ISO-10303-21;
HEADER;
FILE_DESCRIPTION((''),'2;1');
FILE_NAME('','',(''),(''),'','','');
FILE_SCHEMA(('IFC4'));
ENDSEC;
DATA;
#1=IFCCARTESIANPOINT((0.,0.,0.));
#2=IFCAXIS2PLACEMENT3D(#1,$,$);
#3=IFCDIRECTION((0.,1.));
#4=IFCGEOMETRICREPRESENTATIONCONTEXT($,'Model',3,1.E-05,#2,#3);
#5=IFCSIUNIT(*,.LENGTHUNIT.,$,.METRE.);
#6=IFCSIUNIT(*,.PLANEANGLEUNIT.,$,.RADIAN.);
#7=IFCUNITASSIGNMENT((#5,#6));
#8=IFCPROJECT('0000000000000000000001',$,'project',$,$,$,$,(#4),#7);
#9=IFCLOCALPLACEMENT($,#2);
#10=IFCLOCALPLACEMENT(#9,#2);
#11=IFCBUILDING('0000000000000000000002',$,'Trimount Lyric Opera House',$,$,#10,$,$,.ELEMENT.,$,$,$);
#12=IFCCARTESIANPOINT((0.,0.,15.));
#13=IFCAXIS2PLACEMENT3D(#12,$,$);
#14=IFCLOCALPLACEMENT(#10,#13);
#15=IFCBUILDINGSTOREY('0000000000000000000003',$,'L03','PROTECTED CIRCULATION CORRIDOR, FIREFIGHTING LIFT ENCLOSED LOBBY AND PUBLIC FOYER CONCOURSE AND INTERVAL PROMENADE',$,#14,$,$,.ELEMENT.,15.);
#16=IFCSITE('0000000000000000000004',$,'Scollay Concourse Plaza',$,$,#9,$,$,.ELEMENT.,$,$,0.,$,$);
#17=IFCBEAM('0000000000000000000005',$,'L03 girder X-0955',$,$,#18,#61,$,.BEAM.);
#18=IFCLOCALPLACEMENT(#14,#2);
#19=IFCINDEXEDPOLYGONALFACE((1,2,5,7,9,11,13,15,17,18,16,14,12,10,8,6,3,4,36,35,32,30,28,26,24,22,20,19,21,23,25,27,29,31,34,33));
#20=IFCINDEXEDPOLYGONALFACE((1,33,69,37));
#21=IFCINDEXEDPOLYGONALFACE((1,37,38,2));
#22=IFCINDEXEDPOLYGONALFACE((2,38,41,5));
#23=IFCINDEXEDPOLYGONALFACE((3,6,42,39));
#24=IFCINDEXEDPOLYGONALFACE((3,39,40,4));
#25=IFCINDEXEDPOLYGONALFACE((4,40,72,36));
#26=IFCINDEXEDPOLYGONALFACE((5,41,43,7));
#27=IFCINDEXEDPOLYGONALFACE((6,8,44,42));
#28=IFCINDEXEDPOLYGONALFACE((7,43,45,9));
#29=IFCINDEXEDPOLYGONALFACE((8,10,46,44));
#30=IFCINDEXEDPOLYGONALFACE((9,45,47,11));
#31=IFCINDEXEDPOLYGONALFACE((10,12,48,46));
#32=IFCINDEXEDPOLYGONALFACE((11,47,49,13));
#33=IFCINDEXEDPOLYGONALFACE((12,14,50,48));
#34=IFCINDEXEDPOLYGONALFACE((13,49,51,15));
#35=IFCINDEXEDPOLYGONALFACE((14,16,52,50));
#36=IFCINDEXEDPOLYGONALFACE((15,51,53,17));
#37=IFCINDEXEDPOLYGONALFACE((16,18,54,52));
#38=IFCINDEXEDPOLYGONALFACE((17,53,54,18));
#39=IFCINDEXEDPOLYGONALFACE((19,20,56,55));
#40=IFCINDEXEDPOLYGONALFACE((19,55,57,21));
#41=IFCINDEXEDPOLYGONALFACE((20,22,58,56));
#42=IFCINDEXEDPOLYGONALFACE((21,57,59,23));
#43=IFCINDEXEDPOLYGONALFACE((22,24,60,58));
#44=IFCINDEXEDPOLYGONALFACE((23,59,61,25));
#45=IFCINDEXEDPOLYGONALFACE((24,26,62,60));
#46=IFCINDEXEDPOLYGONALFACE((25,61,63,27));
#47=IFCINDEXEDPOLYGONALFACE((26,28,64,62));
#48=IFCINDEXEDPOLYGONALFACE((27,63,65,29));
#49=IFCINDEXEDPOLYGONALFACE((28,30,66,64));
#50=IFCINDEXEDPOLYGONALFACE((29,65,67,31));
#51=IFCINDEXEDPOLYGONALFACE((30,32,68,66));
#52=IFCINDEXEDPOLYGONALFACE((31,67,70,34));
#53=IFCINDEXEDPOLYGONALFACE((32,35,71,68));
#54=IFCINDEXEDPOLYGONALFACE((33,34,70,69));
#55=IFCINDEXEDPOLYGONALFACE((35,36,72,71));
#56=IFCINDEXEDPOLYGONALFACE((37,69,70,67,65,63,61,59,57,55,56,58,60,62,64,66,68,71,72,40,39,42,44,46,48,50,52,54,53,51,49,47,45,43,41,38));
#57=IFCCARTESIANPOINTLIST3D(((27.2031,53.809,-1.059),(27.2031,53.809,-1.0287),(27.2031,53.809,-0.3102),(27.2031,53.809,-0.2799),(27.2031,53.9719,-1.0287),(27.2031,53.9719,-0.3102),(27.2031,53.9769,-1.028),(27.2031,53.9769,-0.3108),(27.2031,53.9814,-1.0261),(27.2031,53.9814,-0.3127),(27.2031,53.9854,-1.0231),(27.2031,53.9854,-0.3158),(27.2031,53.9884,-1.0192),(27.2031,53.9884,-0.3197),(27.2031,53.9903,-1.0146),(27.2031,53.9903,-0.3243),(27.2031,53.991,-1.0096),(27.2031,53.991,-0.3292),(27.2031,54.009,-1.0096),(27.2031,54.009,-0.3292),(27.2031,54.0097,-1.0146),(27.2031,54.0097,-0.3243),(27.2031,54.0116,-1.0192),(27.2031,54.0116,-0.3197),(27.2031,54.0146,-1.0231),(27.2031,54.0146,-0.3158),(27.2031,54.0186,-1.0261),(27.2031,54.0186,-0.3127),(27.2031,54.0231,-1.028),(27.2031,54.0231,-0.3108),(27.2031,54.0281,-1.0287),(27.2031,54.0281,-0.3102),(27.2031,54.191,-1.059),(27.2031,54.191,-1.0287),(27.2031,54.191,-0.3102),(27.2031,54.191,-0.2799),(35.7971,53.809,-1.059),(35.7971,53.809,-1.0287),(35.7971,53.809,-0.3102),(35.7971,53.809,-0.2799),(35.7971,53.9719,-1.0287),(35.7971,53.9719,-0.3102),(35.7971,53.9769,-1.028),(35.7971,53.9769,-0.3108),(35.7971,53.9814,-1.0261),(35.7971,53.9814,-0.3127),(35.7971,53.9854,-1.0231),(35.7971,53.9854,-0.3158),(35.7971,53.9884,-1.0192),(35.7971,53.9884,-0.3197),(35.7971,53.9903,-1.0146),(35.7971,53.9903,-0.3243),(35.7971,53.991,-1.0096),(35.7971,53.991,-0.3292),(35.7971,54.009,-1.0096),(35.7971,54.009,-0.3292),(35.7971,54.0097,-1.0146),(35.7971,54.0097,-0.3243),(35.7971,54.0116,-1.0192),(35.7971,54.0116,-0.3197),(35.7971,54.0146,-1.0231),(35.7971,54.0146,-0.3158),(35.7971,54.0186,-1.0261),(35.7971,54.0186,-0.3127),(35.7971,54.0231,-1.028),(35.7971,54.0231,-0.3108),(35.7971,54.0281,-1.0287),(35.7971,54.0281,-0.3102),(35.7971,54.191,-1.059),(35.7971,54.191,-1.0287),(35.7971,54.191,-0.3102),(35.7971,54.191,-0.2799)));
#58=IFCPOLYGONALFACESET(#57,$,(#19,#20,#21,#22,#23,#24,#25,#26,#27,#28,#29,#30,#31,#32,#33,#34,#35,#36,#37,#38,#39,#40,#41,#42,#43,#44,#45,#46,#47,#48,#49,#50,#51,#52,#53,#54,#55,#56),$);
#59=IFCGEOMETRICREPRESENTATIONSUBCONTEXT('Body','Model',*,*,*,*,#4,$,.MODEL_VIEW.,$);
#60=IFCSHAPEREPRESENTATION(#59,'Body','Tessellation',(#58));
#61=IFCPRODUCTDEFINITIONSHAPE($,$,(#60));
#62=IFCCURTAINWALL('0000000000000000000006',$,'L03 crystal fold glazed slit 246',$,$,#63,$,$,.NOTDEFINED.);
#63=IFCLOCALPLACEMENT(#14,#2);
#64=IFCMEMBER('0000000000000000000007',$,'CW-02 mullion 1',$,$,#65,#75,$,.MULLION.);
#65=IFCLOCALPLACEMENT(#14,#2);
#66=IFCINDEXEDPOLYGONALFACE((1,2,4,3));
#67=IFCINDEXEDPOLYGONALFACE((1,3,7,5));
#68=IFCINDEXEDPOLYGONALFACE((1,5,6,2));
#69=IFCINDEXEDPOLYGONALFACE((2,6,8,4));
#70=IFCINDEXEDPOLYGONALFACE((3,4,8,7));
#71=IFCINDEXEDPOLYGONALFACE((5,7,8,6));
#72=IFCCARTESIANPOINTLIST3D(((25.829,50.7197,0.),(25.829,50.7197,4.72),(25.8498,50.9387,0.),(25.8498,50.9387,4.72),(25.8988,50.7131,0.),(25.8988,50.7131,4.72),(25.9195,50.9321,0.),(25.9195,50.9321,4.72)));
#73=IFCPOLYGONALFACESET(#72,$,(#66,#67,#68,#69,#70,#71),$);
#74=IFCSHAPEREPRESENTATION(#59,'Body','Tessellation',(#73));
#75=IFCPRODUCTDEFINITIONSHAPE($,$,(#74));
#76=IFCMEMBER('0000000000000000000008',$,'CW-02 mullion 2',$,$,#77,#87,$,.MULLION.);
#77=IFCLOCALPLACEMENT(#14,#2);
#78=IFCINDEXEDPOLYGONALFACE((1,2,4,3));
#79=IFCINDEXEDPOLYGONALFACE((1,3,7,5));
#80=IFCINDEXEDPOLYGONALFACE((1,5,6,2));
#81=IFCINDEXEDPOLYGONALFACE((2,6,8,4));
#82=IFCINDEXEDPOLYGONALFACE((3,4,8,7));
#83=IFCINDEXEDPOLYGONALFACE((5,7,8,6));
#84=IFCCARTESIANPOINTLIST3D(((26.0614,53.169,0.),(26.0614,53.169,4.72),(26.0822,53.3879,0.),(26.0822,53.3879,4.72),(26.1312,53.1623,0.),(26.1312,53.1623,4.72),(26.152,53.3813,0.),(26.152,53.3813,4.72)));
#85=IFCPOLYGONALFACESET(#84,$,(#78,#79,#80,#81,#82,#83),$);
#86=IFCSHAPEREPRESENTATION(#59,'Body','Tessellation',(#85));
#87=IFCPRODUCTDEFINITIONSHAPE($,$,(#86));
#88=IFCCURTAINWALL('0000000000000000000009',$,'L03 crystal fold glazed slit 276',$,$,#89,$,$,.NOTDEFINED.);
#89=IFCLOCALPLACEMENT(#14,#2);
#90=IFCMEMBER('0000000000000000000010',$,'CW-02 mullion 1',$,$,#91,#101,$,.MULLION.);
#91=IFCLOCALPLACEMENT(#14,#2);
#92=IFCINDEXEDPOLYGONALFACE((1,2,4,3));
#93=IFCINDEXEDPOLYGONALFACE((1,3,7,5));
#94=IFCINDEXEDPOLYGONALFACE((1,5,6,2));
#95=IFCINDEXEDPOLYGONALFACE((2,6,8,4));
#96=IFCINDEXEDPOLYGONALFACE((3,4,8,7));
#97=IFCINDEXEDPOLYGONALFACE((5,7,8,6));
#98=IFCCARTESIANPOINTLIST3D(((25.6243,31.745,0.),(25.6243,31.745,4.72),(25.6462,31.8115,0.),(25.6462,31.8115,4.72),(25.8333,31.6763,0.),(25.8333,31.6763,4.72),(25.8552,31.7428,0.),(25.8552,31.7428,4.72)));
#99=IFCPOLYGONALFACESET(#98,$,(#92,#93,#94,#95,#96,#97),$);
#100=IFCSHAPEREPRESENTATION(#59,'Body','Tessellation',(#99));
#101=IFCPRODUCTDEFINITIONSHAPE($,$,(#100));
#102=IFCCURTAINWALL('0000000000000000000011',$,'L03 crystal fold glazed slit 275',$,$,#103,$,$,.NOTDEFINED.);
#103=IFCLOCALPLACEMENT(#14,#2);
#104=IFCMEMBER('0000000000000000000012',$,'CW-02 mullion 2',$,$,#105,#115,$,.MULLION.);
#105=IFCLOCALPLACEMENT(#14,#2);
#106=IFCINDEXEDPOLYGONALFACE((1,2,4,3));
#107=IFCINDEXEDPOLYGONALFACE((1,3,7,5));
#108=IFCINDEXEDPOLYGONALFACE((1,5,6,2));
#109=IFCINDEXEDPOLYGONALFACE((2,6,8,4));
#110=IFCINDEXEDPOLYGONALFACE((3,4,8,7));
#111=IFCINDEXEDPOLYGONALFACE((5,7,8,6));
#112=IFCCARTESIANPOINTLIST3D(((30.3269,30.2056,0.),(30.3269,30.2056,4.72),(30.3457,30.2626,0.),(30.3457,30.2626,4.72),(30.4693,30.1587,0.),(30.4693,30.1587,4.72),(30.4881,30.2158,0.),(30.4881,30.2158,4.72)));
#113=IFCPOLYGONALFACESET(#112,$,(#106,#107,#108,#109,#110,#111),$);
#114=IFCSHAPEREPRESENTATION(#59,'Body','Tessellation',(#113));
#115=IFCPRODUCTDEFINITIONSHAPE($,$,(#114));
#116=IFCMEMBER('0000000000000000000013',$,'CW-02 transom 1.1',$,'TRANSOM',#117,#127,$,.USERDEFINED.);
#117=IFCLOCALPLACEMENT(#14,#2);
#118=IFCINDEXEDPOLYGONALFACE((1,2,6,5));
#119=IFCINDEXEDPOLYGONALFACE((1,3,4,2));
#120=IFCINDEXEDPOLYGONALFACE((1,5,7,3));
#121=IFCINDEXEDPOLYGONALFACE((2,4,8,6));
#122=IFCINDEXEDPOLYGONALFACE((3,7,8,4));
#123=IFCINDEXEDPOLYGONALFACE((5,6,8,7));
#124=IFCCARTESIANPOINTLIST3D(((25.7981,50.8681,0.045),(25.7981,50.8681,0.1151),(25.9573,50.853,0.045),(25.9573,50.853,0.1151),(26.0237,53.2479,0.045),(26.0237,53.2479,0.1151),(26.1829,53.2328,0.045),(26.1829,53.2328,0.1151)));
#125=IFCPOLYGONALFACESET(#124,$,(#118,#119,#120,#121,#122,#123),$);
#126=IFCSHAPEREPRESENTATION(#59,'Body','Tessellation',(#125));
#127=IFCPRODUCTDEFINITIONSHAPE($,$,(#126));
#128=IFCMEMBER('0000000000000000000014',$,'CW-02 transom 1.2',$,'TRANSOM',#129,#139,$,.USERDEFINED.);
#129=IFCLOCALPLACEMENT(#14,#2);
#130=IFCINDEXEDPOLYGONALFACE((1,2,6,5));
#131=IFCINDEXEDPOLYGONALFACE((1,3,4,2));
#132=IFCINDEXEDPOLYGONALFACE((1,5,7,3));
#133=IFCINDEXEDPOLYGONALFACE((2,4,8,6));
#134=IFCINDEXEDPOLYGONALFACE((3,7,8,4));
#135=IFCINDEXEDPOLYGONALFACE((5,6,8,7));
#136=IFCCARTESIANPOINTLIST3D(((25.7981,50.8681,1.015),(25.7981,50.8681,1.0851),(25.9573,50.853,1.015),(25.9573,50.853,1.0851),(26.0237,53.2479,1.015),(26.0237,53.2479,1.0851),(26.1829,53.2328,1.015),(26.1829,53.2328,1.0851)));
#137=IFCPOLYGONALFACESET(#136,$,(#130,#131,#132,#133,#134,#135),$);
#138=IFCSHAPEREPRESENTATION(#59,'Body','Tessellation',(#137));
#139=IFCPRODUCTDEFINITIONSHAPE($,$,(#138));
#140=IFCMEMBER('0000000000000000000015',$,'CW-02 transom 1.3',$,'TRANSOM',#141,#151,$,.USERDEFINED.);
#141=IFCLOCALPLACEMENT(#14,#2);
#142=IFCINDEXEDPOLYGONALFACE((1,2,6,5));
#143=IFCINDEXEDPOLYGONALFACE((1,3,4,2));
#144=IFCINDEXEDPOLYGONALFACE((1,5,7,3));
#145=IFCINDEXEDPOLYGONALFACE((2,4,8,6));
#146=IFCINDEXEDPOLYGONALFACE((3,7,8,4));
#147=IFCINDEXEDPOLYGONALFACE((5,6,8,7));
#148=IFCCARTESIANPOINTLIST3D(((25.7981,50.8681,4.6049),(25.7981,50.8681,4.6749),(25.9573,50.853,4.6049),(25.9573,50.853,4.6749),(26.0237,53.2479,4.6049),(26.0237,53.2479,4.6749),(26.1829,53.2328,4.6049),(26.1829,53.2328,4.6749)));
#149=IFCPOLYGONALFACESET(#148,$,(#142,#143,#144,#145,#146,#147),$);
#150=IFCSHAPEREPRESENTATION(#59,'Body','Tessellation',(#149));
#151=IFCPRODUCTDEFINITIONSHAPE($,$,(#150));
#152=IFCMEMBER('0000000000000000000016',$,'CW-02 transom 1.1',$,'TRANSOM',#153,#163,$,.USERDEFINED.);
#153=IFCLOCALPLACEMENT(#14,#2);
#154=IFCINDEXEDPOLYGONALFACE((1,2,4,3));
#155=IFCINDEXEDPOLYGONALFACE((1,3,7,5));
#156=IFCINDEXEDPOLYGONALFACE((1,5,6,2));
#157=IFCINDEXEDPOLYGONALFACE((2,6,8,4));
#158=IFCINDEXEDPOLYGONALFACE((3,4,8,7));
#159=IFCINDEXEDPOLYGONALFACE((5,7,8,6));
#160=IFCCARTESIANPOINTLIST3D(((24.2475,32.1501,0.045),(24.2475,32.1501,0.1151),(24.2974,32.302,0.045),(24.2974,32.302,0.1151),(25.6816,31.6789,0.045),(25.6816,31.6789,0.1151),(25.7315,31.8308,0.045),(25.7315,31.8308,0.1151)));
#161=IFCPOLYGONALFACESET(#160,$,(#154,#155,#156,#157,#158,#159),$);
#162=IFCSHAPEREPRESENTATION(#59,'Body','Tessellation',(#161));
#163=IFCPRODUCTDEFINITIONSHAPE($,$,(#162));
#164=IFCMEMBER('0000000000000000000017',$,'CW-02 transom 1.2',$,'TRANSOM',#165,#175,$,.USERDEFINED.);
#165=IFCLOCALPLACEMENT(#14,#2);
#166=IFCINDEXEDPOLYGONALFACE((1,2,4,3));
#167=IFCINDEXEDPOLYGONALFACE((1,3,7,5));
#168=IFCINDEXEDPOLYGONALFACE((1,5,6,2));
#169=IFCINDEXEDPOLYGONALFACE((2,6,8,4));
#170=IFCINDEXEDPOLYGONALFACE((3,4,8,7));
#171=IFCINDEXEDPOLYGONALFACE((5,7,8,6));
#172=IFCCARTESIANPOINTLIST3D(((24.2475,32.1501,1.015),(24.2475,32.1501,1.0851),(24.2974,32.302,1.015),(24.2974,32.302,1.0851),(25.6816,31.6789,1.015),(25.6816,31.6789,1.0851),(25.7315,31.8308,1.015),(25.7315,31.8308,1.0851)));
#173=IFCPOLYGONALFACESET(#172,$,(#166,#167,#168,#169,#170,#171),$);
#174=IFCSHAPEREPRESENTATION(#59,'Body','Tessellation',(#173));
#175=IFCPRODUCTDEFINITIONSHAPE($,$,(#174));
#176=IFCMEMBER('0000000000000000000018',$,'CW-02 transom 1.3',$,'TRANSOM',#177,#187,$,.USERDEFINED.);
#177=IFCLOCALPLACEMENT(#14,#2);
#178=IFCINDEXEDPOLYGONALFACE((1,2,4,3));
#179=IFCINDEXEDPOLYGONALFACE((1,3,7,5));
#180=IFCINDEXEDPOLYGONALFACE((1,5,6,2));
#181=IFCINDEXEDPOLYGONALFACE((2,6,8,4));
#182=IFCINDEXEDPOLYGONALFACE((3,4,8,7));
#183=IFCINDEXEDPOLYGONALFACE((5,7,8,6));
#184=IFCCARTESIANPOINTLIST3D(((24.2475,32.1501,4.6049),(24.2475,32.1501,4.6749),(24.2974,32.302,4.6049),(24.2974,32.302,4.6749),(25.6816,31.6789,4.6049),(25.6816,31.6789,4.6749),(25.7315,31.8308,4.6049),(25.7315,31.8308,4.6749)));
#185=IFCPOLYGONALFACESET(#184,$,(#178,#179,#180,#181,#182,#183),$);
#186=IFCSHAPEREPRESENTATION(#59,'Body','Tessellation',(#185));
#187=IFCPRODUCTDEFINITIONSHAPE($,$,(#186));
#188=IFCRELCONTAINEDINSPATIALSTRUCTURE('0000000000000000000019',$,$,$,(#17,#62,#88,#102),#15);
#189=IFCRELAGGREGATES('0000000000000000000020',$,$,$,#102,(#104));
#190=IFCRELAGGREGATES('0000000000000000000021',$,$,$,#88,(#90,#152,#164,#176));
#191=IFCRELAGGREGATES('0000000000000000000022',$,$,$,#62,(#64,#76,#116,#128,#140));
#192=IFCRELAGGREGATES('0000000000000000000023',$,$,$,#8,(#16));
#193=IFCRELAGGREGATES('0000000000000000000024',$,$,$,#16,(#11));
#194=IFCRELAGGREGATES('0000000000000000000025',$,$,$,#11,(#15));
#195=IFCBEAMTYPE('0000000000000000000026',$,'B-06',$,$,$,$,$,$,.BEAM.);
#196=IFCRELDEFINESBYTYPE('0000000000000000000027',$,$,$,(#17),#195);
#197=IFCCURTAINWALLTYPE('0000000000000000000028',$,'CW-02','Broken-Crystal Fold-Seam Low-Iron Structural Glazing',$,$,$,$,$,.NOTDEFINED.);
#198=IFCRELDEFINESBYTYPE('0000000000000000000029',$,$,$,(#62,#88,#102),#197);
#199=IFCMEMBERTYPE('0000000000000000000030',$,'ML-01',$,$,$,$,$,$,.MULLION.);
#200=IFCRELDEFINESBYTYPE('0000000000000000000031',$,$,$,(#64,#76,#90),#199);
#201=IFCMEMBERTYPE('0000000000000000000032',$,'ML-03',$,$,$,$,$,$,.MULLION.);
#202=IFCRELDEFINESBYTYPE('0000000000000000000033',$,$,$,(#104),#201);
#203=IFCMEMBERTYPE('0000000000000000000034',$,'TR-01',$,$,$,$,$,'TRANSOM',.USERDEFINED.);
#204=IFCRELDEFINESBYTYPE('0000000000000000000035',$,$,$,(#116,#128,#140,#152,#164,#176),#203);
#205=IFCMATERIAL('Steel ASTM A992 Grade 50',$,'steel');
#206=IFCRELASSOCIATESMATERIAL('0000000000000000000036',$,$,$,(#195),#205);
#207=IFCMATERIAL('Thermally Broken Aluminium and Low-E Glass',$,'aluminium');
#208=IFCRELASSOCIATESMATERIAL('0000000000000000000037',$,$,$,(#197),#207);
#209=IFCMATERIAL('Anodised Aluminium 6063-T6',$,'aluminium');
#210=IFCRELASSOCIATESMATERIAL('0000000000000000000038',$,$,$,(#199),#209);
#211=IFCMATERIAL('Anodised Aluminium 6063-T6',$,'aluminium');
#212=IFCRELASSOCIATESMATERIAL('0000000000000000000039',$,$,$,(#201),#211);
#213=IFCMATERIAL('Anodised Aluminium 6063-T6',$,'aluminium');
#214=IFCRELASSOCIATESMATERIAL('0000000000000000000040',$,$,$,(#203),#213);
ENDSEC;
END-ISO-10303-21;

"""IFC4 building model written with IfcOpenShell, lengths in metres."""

from ifc_helpers import new_model, si_unit, direction, frame, origin, origin_2d, place, context, subcontext, project, spatial, rectangle, i_section, extrude, material, material_profile, profile_set, type_object, element, aggregate, save


model = new_model("IFC4")

# Units and contexts
model_context = context("Model", 3, precision=1e-05, world=origin(), true_north=direction((0.0, 1.0)))
body_context = subcontext(model_context, "Body", "Model", "MODEL_VIEW")
ifc_project = project(units=[si_unit("LENGTHUNIT", "METRE"), si_unit("PLANEANGLEUNIT", "RADIAN")], contexts=[model_context])

# Site, building, storey
site_placement = place(None, origin())
site = spatial("IfcSite", under=ifc_project, at=site_placement, Name="Scollay Concourse Plaza", CompositionType="ELEMENT", RefElevation=0.0)
building_placement = place(site_placement, origin())
building = spatial("IfcBuilding", under=site, at=building_placement, Name="Trimount Lyric Opera House", CompositionType="ELEMENT")
storey_placement = place(building_placement, frame((0.0, 0.0, 15.0)))
storey = spatial("IfcBuildingStorey", under=building, at=storey_placement, Name="L03", Description="PROTECTED CIRCULATION CORRIDOR, FIREFIGHTING LIFT ENCLOSED LOBBY AND PUBLIC FOYER CONCOURSE AND INTERVAL PROMENADE", CompositionType="ELEMENT", Elevation=15.0)

# Beam
ifc_material_1 = material(Name="Steel ASTM A992 Grade 50", Category="steel")
ifc_material_profile_1 = material_profile(ifc_material_1, i_section(OverallWidth=0.3821, OverallDepth=0.7791, WebThickness=0.0181, FlangeThickness=0.0303, FilletRadius=0.019, at=origin_2d()), Name="W30X191")
ifc_profile_set_1 = profile_set([ifc_material_profile_1], Name="Steel ASTM A992 Grade 50")
beam_type_1 = type_object("IfcBeamType", Name="B-06", PredefinedType="BEAM", material=ifc_profile_set_1)
beam_1_placement = place(storey_placement, frame((27.2031, 54.0, -0.6694), z_axis=(1.0, 0.0, 0.0), x_axis=(0.0, 1.0, 0.0)))
element("IfcBeam", 1, at=beam_1_placement, inside=storey, type_object=beam_type_1, Name="L03 girder X-0955", PredefinedType="BEAM", context=body_context, shape_type="SweptSolid", body=[
    extrude(i_section(OverallWidth=0.3821, OverallDepth=0.7791, WebThickness=0.0181, FlangeThickness=0.0303, FilletRadius=0.019, at=origin_2d()), origin(), (0.0, 0.0, 1.0), 8.594),
])

# Curtain wall, members
ifc_material_2 = material(Name="Thermally Broken Aluminium and Low-E Glass", Category="aluminium")
curtain_wall_type = type_object("IfcCurtainWallType", Name="CW-02", Description="Broken-Crystal Fold-Seam Low-Iron Structural Glazing", PredefinedType="NOTDEFINED", material=ifc_material_2)
curtain_wall_1_placement = place(storey_placement, origin())
curtain_wall_1 = element("IfcCurtainWall", 2, at=curtain_wall_1_placement, inside=storey, type_object=curtain_wall_type, Name="L03 crystal fold glazed slit 246", PredefinedType="NOTDEFINED")
ifc_material_3 = material(Name="Anodised Aluminium 6063-T6", Category="aluminium")
ifc_material_profile_2 = material_profile(ifc_material_3, rectangle(XDim=0.0701, YDim=0.22, at=origin_2d()), Name="ALU-MULL-70X220")
ifc_profile_set_2 = profile_set([ifc_material_profile_2], Name="Anodised Aluminium 6063-T6")
member_type_1 = type_object("IfcMemberType", Name="ML-01", PredefinedType="MULLION", material=ifc_profile_set_2)
member_1_placement = place(storey_placement, frame((25.8743, 50.8259, 0.0), z_axis=(0.0, 0.0, 1.0), x_axis=(-0.995529, 0.094455, 0.0)))
member_1 = element("IfcMember", 3, at=member_1_placement, type_object=member_type_1, Name="CW-02 mullion 1", PredefinedType="MULLION", context=body_context, shape_type="SweptSolid", body=[
    extrude(rectangle(XDim=0.0701, YDim=0.22, at=origin_2d()), origin(), (0.0, 0.0, 1.0), 4.72),
])
member_2_placement = place(storey_placement, frame((26.1067, 53.2751, 0.0), z_axis=(0.0, 0.0, 1.0), x_axis=(-0.995529, 0.094455, 0.0)))
member_2 = element("IfcMember", 4, at=member_2_placement, type_object=member_type_1, Name="CW-02 mullion 2", PredefinedType="MULLION", context=body_context, shape_type="SweptSolid", body=[
    extrude(rectangle(XDim=0.0701, YDim=0.22, at=origin_2d()), origin(), (0.0, 0.0, 1.0), 4.72),
])

# Curtain walls, members
curtain_wall_2_placement = place(storey_placement, origin())
curtain_wall_2 = element("IfcCurtainWall", 5, at=curtain_wall_2_placement, inside=storey, type_object=curtain_wall_type, Name="L03 crystal fold glazed slit 276", PredefinedType="NOTDEFINED")
member_3_placement = place(storey_placement, frame((25.7397, 31.7439, 0.0), z_axis=(0.0, 0.0, 1.0), x_axis=(-0.312224, -0.950009, 0.0)))
member_3 = element("IfcMember", 6, at=member_3_placement, type_object=member_type_1, Name="CW-02 mullion 1", PredefinedType="MULLION", context=body_context, shape_type="SweptSolid", body=[
    extrude(rectangle(XDim=0.0701, YDim=0.22, at=origin_2d()), origin(), (0.0, 0.0, 1.0), 4.72),
])
curtain_wall_3_placement = place(storey_placement, origin())
curtain_wall_3 = element("IfcCurtainWall", 7, at=curtain_wall_3_placement, inside=storey, type_object=curtain_wall_type, Name="L03 crystal fold glazed slit 275", PredefinedType="NOTDEFINED")
ifc_material_4 = material(Name="Anodised Aluminium 6063-T6", Category="aluminium")
ifc_material_profile_3 = material_profile(ifc_material_4, rectangle(XDim=0.0601, YDim=0.1499, at=origin_2d()), Name="ALU-MULL-60X150")
ifc_profile_set_3 = profile_set([ifc_material_profile_3], Name="Anodised Aluminium 6063-T6")
member_type_2 = type_object("IfcMemberType", Name="ML-03", PredefinedType="MULLION", material=ifc_profile_set_3)
member_4_placement = place(storey_placement, frame((30.4075, 30.2107, 0.0), z_axis=(0.0, 0.0, 1.0), x_axis=(-0.312456, -0.949932, 0.0)))
member_4 = element("IfcMember", 8, at=member_4_placement, type_object=member_type_2, Name="CW-02 mullion 2", PredefinedType="MULLION", context=body_context, shape_type="SweptSolid", body=[
    extrude(rectangle(XDim=0.0601, YDim=0.1499, at=origin_2d()), origin(), (0.0, 0.0, 1.0), 4.72),
])
aggregate(curtain_wall_3, [member_4])

# Members
ifc_material_5 = material(Name="Anodised Aluminium 6063-T6", Category="aluminium")
ifc_material_profile_4 = material_profile(ifc_material_5, rectangle(XDim=0.1599, YDim=0.0701, at=origin_2d()), Name="ALU-TRAN-70X160")
ifc_profile_set_4 = profile_set([ifc_material_profile_4], Name="Anodised Aluminium 6063-T6")
member_type_3 = type_object("IfcMemberType", Name="TR-01", ElementType="TRANSOM", PredefinedType="USERDEFINED", material=ifc_profile_set_4)
member_5_placement = place(storey_placement, frame((25.8777, 50.8606, 0.0801), z_axis=(0.094375, 0.995537, 0.0), x_axis=(-0.995537, 0.094375, 0.0)))
member_5 = element("IfcMember", 9, at=member_5_placement, type_object=member_type_3, Name="CW-02 transom 1.1", ObjectType="TRANSOM", PredefinedType="USERDEFINED", context=body_context, shape_type="SweptSolid", body=[
    extrude(rectangle(XDim=0.1599, YDim=0.0701, at=origin_2d()), origin(), (0.0, 0.0, 1.0), 2.3904),
])
member_6_placement = place(storey_placement, frame((25.8777, 50.8606, 1.05), z_axis=(0.094375, 0.995537, 0.0), x_axis=(-0.995537, 0.094375, 0.0)))
member_6 = element("IfcMember", 10, at=member_6_placement, type_object=member_type_3, Name="CW-02 transom 1.2", ObjectType="TRANSOM", PredefinedType="USERDEFINED", context=body_context, shape_type="SweptSolid", body=[
    extrude(rectangle(XDim=0.1599, YDim=0.0701, at=origin_2d()), origin(), (0.0, 0.0, 1.0), 2.3904),
])
member_7_placement = place(storey_placement, frame((25.8777, 50.8606, 4.6399), z_axis=(0.094375, 0.995537, 0.0), x_axis=(-0.995537, 0.094375, 0.0)))
member_7 = element("IfcMember", 11, at=member_7_placement, type_object=member_type_3, Name="CW-02 transom 1.3", ObjectType="TRANSOM", PredefinedType="USERDEFINED", context=body_context, shape_type="SweptSolid", body=[
    extrude(rectangle(XDim=0.1599, YDim=0.0701, at=origin_2d()), origin(), (0.0, 0.0, 1.0), 2.3904),
])
member_8_placement = place(storey_placement, frame((25.7065, 31.7549, 0.0801), z_axis=(-0.950033, 0.312149, 0.0), x_axis=(-0.312149, -0.950033, 0.0)))
member_8 = element("IfcMember", 12, at=member_8_placement, type_object=member_type_3, Name="CW-02 transom 1.1", ObjectType="TRANSOM", PredefinedType="USERDEFINED", context=body_context, shape_type="SweptSolid", body=[
    extrude(rectangle(XDim=0.1599, YDim=0.0701, at=origin_2d()), origin(), (0.0, 0.0, 1.0), 1.5095),
])
member_9_placement = place(storey_placement, frame((25.7065, 31.7549, 1.05), z_axis=(-0.950033, 0.312149, 0.0), x_axis=(-0.312149, -0.950033, 0.0)))
member_9 = element("IfcMember", 13, at=member_9_placement, type_object=member_type_3, Name="CW-02 transom 1.2", ObjectType="TRANSOM", PredefinedType="USERDEFINED", context=body_context, shape_type="SweptSolid", body=[
    extrude(rectangle(XDim=0.1599, YDim=0.0701, at=origin_2d()), origin(), (0.0, 0.0, 1.0), 1.5095),
])
member_10_placement = place(storey_placement, frame((25.7065, 31.7549, 4.6399), z_axis=(-0.950033, 0.312149, 0.0), x_axis=(-0.312149, -0.950033, 0.0)))
member_10 = element("IfcMember", 14, at=member_10_placement, type_object=member_type_3, Name="CW-02 transom 1.3", ObjectType="TRANSOM", PredefinedType="USERDEFINED", context=body_context, shape_type="SweptSolid", body=[
    extrude(rectangle(XDim=0.1599, YDim=0.0701, at=origin_2d()), origin(), (0.0, 0.0, 1.0), 1.5095),
])
aggregate(curtain_wall_2, [member_3, member_8, member_9, member_10])

aggregate(curtain_wall_1, [member_1, member_2, member_5, member_6, member_7])

save(model, "model.ifc")
